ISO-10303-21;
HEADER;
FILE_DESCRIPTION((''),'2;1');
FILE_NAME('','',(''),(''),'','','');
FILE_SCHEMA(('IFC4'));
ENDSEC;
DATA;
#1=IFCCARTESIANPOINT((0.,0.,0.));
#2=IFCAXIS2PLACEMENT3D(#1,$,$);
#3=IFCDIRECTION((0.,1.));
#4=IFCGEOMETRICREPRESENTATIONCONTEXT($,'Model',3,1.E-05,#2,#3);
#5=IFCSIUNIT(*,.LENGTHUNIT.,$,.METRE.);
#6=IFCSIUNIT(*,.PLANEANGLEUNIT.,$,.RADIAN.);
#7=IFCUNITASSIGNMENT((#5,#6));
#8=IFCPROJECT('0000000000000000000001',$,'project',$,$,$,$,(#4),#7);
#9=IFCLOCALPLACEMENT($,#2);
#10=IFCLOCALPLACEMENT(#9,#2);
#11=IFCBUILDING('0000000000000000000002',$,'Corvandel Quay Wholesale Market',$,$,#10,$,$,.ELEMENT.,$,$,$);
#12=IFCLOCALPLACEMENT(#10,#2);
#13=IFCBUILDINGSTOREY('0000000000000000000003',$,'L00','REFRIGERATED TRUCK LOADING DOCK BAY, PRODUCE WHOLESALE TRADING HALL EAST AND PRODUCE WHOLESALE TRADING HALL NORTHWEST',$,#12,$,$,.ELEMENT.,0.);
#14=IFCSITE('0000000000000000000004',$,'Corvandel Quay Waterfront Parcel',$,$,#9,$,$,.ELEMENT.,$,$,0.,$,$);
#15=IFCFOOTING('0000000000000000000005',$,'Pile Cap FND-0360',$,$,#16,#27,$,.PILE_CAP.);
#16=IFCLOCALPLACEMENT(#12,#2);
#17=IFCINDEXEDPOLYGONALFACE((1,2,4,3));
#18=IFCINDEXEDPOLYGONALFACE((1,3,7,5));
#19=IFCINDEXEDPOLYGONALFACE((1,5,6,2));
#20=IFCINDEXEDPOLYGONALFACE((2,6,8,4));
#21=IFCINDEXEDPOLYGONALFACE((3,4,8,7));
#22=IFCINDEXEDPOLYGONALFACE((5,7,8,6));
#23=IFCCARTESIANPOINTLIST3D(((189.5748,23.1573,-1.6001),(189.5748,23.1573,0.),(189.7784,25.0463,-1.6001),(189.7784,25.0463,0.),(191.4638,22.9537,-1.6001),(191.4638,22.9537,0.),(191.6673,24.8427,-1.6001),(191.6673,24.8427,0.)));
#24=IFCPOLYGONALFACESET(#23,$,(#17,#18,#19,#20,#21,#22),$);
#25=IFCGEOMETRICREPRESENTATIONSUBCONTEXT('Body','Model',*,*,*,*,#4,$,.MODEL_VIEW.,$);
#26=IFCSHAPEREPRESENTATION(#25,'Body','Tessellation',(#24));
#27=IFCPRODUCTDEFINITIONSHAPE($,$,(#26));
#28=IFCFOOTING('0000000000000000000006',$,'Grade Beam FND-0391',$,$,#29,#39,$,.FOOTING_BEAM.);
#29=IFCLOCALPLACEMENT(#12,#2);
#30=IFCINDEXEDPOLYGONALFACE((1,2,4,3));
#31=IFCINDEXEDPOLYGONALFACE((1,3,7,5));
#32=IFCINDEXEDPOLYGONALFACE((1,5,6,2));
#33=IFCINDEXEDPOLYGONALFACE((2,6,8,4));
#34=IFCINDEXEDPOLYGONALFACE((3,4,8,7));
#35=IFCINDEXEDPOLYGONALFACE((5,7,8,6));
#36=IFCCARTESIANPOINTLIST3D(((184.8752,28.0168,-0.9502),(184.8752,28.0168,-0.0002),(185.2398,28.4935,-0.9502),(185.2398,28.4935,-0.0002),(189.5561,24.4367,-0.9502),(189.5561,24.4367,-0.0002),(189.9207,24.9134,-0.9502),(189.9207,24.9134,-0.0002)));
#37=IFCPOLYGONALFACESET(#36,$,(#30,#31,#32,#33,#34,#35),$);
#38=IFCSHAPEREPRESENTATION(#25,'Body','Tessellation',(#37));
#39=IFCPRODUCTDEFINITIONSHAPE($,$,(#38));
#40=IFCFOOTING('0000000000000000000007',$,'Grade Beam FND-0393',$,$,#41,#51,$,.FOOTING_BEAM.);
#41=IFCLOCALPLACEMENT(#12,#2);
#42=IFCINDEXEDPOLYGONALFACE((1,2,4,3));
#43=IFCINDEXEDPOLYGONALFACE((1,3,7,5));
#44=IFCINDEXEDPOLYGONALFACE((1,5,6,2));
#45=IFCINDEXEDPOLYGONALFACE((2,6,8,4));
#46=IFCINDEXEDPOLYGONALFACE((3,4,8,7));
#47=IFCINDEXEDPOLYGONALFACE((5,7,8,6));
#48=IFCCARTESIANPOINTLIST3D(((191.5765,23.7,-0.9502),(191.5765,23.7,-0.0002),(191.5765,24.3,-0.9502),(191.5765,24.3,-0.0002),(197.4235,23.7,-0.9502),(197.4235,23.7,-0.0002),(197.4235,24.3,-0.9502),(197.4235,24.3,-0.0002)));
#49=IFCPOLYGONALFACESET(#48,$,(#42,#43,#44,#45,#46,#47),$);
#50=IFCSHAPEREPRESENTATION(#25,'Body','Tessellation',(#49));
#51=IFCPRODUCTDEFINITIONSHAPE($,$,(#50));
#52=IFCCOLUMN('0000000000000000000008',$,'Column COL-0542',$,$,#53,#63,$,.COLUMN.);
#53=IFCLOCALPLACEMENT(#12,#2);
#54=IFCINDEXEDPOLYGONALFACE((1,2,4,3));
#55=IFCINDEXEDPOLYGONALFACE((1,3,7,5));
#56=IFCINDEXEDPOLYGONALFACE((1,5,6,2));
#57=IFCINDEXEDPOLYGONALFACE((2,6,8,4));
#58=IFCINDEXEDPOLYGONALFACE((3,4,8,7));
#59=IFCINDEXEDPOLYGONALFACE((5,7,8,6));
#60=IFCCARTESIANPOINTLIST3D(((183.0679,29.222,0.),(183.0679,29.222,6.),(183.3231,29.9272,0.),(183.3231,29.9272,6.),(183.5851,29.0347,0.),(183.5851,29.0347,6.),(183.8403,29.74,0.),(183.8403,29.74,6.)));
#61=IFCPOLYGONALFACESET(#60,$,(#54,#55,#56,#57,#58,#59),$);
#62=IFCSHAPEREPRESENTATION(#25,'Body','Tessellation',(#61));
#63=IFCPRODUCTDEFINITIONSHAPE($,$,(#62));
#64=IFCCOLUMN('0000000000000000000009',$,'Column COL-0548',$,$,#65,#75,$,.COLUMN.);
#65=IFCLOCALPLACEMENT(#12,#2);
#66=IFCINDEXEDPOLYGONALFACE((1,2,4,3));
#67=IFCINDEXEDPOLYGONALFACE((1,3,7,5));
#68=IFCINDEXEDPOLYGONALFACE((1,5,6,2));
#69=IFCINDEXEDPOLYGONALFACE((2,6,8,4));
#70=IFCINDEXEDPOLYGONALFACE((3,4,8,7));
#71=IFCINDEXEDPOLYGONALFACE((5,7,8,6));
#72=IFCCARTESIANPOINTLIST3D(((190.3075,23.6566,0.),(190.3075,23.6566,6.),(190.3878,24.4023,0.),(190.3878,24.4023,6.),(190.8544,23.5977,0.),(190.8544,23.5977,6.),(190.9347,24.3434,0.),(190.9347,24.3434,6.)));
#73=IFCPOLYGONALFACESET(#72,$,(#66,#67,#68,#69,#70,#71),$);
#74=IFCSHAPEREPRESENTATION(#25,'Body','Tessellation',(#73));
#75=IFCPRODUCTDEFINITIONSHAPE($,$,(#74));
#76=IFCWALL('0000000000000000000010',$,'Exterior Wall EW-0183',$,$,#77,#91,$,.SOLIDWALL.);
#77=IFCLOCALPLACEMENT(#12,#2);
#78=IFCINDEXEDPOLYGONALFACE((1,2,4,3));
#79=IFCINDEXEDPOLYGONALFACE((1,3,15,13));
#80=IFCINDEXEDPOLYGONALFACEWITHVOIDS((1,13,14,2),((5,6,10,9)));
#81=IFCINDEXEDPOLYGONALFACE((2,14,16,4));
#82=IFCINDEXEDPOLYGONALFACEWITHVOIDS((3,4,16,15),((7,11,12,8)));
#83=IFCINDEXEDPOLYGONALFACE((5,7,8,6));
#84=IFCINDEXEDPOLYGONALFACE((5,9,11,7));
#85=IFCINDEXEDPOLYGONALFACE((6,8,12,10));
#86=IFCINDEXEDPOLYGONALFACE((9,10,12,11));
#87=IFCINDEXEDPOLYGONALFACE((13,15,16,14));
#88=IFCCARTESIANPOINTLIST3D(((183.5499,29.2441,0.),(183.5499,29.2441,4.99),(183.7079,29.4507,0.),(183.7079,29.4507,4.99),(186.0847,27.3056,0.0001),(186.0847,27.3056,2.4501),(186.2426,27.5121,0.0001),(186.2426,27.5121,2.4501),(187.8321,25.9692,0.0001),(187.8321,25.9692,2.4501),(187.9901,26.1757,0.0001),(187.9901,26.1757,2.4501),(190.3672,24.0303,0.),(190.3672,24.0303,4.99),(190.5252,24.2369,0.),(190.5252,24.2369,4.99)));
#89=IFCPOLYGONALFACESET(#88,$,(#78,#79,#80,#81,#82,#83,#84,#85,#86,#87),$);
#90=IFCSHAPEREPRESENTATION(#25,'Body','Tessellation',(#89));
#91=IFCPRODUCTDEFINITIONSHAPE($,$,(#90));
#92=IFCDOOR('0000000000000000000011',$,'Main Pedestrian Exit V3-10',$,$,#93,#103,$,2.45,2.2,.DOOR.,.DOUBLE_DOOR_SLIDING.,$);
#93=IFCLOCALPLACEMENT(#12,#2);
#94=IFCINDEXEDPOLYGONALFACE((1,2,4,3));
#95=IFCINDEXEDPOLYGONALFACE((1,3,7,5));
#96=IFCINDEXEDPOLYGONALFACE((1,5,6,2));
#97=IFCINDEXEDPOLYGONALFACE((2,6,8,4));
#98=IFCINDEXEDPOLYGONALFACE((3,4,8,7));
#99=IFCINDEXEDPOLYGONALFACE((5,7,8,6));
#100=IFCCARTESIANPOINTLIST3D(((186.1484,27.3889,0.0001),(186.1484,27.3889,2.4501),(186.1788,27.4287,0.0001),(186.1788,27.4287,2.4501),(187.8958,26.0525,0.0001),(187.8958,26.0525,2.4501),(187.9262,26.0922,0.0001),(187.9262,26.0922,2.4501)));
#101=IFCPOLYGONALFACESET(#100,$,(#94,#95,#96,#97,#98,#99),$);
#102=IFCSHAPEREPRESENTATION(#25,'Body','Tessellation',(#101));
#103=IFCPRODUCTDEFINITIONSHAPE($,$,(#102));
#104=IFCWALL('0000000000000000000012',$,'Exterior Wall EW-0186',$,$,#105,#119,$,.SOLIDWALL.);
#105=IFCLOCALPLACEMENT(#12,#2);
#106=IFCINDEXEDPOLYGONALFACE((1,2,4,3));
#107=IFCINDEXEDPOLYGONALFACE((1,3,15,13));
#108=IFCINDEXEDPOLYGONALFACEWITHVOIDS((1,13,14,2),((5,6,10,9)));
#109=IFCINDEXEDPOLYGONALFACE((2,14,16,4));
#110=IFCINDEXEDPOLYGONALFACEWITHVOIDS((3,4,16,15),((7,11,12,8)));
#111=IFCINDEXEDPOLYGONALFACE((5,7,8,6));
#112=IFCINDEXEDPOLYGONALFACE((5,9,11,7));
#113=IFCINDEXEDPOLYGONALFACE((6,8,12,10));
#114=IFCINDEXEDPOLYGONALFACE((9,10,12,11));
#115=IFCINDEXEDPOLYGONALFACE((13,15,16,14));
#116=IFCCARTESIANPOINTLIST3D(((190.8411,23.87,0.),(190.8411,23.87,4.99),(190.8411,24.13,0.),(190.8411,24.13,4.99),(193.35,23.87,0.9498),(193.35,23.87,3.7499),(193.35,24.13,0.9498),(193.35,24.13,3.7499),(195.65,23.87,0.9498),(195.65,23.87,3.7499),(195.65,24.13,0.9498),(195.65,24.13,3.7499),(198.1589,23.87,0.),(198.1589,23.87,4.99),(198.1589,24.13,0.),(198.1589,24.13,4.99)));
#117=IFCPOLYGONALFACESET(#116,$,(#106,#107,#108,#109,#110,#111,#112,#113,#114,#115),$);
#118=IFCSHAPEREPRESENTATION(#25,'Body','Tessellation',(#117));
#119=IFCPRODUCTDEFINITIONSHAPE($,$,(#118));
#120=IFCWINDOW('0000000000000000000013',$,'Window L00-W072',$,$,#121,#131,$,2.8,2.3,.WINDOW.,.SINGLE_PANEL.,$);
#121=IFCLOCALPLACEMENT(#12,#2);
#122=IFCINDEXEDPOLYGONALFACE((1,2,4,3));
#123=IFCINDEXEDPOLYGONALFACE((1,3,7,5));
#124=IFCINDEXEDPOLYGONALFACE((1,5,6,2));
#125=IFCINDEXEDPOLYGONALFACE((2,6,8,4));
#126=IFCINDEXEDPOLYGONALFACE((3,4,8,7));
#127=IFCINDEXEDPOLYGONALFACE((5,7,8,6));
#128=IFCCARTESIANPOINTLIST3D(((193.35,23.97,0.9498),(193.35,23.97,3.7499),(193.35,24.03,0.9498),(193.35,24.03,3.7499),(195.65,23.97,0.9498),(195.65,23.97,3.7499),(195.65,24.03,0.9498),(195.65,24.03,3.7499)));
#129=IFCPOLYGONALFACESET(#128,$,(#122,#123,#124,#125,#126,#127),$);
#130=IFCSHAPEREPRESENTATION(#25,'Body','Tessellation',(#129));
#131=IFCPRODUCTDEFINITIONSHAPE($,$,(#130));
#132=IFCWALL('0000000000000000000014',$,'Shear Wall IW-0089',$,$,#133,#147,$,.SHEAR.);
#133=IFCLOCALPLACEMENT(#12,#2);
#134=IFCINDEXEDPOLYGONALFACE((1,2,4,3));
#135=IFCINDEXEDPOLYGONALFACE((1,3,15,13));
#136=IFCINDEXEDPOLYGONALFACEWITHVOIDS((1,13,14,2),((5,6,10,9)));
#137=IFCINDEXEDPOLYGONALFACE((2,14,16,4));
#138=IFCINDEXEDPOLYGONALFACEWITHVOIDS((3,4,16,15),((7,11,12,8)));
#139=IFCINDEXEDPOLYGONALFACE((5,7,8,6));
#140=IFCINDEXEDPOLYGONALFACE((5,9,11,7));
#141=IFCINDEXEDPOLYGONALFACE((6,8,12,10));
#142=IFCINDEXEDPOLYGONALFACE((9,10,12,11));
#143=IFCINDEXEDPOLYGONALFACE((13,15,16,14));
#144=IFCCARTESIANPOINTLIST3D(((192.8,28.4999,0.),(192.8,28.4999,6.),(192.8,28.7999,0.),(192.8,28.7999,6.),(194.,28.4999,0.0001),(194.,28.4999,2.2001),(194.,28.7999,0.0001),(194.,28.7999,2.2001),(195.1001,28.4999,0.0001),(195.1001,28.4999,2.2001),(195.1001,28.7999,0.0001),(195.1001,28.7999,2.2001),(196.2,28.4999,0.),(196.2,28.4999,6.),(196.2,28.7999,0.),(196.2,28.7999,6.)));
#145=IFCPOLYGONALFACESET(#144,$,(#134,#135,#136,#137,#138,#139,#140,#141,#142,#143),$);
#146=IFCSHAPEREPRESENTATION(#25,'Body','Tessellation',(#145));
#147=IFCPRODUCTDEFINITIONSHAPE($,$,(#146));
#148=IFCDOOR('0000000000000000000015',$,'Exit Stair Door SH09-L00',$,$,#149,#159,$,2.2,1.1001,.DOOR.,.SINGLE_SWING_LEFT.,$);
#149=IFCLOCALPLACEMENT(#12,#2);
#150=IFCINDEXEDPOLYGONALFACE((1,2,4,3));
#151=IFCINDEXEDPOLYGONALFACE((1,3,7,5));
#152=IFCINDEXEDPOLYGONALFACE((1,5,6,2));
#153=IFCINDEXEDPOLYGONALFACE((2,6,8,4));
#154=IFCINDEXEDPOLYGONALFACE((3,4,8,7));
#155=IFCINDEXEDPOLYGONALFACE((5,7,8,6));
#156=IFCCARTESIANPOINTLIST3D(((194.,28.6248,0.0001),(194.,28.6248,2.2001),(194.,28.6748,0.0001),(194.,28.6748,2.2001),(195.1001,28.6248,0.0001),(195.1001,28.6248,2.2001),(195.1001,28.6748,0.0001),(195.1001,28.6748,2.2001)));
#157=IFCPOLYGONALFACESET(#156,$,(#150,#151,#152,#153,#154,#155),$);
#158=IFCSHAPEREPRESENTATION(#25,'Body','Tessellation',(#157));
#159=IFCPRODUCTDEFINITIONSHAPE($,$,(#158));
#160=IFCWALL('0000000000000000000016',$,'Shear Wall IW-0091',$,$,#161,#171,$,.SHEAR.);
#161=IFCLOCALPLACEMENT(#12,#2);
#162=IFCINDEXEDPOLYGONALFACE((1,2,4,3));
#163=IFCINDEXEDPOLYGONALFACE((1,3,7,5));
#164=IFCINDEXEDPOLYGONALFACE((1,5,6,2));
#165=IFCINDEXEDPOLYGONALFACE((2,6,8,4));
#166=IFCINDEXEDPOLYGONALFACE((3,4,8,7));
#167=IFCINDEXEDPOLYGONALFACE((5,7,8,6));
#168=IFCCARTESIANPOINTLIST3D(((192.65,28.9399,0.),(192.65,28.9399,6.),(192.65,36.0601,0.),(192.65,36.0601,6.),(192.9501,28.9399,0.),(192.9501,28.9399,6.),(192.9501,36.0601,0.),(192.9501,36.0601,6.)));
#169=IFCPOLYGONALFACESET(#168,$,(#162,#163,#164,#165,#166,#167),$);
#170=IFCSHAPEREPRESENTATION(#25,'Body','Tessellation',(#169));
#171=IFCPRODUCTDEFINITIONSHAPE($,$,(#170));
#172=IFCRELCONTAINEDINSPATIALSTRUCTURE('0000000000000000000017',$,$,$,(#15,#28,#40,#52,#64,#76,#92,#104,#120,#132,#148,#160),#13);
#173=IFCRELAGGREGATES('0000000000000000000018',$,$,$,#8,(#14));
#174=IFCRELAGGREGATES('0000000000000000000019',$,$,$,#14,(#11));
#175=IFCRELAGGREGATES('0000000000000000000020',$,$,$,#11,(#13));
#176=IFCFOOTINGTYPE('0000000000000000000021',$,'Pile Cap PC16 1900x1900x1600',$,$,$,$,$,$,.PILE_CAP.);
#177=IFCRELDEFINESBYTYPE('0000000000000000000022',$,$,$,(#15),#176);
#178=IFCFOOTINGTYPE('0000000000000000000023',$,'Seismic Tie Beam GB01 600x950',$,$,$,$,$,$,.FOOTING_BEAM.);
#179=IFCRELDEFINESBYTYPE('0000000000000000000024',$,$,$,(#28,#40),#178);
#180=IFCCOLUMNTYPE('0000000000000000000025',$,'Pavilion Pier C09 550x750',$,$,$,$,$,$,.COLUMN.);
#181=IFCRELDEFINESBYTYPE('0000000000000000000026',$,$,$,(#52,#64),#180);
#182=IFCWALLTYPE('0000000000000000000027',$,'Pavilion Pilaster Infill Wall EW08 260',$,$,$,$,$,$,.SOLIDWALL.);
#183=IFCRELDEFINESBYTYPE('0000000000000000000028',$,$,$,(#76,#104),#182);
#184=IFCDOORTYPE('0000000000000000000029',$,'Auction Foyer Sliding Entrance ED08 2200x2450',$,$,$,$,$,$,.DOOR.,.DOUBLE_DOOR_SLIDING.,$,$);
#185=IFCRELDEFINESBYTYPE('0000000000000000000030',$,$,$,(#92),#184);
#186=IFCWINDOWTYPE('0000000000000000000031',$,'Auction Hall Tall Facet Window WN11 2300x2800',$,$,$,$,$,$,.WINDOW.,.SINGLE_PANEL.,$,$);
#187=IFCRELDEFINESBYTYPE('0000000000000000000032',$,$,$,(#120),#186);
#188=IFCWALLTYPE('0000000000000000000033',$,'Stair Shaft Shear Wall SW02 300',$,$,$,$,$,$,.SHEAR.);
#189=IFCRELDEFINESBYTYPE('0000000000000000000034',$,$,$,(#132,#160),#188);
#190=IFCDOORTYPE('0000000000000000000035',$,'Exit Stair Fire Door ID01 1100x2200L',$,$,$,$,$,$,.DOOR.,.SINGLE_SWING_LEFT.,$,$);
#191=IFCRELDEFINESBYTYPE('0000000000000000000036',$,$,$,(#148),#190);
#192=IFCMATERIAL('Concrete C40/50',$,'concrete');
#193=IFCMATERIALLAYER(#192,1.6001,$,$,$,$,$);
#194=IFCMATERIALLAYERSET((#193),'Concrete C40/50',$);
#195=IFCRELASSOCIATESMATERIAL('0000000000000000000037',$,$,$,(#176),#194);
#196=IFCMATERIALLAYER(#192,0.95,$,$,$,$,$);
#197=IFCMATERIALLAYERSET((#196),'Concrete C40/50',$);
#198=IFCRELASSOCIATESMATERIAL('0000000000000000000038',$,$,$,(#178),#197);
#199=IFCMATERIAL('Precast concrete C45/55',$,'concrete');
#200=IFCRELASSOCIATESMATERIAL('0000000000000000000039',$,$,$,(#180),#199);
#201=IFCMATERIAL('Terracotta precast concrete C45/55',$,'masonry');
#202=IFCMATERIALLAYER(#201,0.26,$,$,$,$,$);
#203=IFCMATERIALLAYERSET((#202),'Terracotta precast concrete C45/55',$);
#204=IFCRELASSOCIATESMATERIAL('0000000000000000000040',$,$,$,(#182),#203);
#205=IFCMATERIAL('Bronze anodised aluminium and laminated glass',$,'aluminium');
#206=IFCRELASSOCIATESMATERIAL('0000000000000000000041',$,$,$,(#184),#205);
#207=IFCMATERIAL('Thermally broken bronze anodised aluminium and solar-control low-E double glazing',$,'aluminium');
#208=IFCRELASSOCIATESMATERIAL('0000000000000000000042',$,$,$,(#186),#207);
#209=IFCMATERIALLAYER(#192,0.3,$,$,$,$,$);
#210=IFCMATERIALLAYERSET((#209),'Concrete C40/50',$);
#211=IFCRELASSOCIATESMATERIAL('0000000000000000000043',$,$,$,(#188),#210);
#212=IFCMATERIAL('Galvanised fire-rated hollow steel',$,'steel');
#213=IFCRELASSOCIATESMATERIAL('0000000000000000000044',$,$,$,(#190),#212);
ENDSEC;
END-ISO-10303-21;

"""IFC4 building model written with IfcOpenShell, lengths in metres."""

from ifc_helpers import new_model, si_unit, direction, frame, frame_2d, origin, origin_2d, place, context, subcontext, project, spatial, rectangle, extrude, material, layer, layer_set, material_profile, profile_set, type_object, element, fill, save


model = new_model("IFC4")

# Units and contexts
model_context = context("Model", 3, precision=1e-05, world=origin(), true_north=direction((0.0, 1.0)))
body_context = subcontext(model_context, "Body", "Model", "MODEL_VIEW")
ifc_project = project(units=[si_unit("LENGTHUNIT", "METRE"), si_unit("PLANEANGLEUNIT", "RADIAN")], contexts=[model_context])

# Site, building, storey
site_placement = place(None, origin())
site = spatial("IfcSite", under=ifc_project, at=site_placement, Name="Corvandel Quay Waterfront Parcel", CompositionType="ELEMENT", RefElevation=0.0)
building_placement = place(site_placement, origin())
building = spatial("IfcBuilding", under=site, at=building_placement, Name="Corvandel Quay Wholesale Market", CompositionType="ELEMENT")
storey_placement = place(building_placement, origin())
storey = spatial("IfcBuildingStorey", under=building, at=storey_placement, Name="L00", Description="REFRIGERATED TRUCK LOADING DOCK BAY, PRODUCE WHOLESALE TRADING HALL EAST AND PRODUCE WHOLESALE TRADING HALL NORTHWEST", CompositionType="ELEMENT", Elevation=0.0)

# Shared definitions
ifc_material_1 = material(Name="Concrete C40/50", Category="concrete")

# Footings
ifc_layer_1 = layer(ifc_material_1, 1.6001)
ifc_layer_set_1 = layer_set([ifc_layer_1], Name="Concrete C40/50")
footing_type_1 = type_object("IfcFootingType", Name="Pile Cap PC16 1900x1900x1600", PredefinedType="PILE_CAP", material=ifc_layer_set_1)
footing_1_placement = place(storey_placement, frame((190.6211, 24.0, -1.6001), z_axis=(0.0, 0.0, 1.0), x_axis=(-0.994245, 0.107132, 0.0)))
element("IfcFooting", 1, at=footing_1_placement, inside=storey, type_object=footing_type_1, Name="Pile Cap FND-0360", PredefinedType="PILE_CAP", context=body_context, shape_type="SweptSolid", body=[
    extrude(rectangle(XDim=1.8999, YDim=1.8999, at=origin_2d()), origin(), (0.0, 0.0, 1.0), 1.6001),
])
ifc_layer_2 = layer(ifc_material_1, 0.95)
ifc_layer_set_2 = layer_set([ifc_layer_2], Name="Concrete C40/50")
footing_type_2 = type_object("IfcFootingType", Name="Seismic Tie Beam GB01 600x950", PredefinedType="FOOTING_BEAM", material=ifc_layer_set_2)
footing_2_placement = place(storey_placement, frame((187.3979, 26.4651, -0.9502), z_axis=(0.0, 0.0, 1.0), x_axis=(-0.794309, 0.607514, 0.0)))
element("IfcFooting", 2, at=footing_2_placement, inside=storey, type_object=footing_type_2, Name="Grade Beam FND-0391", PredefinedType="FOOTING_BEAM", context=body_context, shape_type="SweptSolid", body=[
    extrude(rectangle(XDim=5.8931, YDim=0.6001, at=origin_2d()), origin(), (0.0, 0.0, 1.0), 0.95),
])
footing_3_placement = place(storey_placement, frame((194.5, 24.0, -0.9502), z_axis=(0.0, 0.0, 1.0), x_axis=(1.0, 0.0, 0.0)))
element("IfcFooting", 3, at=footing_3_placement, inside=storey, type_object=footing_type_2, Name="Grade Beam FND-0393", PredefinedType="FOOTING_BEAM", context=body_context, shape_type="SweptSolid", body=[
    extrude(rectangle(XDim=5.8469, YDim=0.6001, at=origin_2d()), origin(), (0.0, 0.0, 1.0), 0.95),
])

# Columns
ifc_material_2 = material(Name="Precast concrete C45/55", Category="concrete")
ifc_material_profile_1 = material_profile(ifc_material_2, rectangle(XDim=0.55, YDim=0.75, at=origin_2d()), Name="PC-COL-550x750")
ifc_profile_set_1 = profile_set([ifc_material_profile_1], Name="Precast concrete C45/55")
column_type = type_object("IfcColumnType", Name="Pavilion Pier C09 550x750", PredefinedType="COLUMN", material=ifc_profile_set_1)
for number, where, z_axis, x_axis, name in (
    (4, (183.4541, 29.481, 0.0), (0.0, 0.0, 1.0), (-0.940288, 0.34038, 0.0), "Column COL-0542"),
    (5, (190.6211, 24.0, 0.0), (0.0, 0.0, 1.0), (-0.994245, 0.107132, 0.0), "Column COL-0548"),
):
    element("IfcColumn", number, at=place(storey_placement, frame(where, z_axis=z_axis, x_axis=x_axis)), inside=storey, type_object=column_type, Name=name, PredefinedType="COLUMN", context=body_context, shape_type="SweptSolid", body=[
        extrude(rectangle(XDim=0.55, YDim=0.75, at=origin_2d()), origin(), (0.0, 0.0, 1.0), 6.0),
    ])

# Wall, opening, door
ifc_material_3 = material(Name="Terracotta precast concrete C45/55", Category="masonry")
ifc_layer_3 = layer(ifc_material_3, 0.26)
ifc_layer_set_3 = layer_set([ifc_layer_3], Name="Terracotta precast concrete C45/55")
wall_type_1 = type_object("IfcWallType", Name="Pavilion Pilaster Infill Wall EW08 260", PredefinedType="SOLIDWALL", material=ifc_layer_set_3)
wall_1_placement = place(storey_placement, frame((183.6289, 29.3474, 0.0), z_axis=(0.0, 0.0, 1.0), x_axis=(0.794326, -0.607492, 0.0)))
wall_1 = element("IfcWall", 6, at=wall_1_placement, inside=storey, type_object=wall_type_1, Name="Exterior Wall EW-0183", PredefinedType="SOLIDWALL", context=body_context, shape_type="SweptSolid", body=[
    extrude(rectangle(XDim=8.5825, YDim=0.26, at=frame_2d((4.2913, 0.0))), origin(), (0.0, 0.0, 1.0), 4.99),
])
opening_1_placement = place(wall_1_placement, frame((3.1909, 0.0, 0.0)))
opening_1 = element("IfcOpeningElement", 7, at=opening_1_placement, cuts=wall_1, PredefinedType="OPENING", context=body_context, shape_type="SweptSolid", body=[
    extrude(rectangle(XDim=2.2, YDim=2.45, at=frame_2d((1.1001, 1.2251))), frame((0.0, 0.1399, 0.0), z_axis=(0.0, -1.0, 0.0), x_axis=(1.0, 0.0, 0.0)), (0.0, 0.0, 1.0), 0.28),
])
ifc_material_4 = material(Name="Bronze anodised aluminium and laminated glass", Category="aluminium")
door_type_1 = type_object("IfcDoorType", Name="Auction Foyer Sliding Entrance ED08 2200x2450", OperationType="DOUBLE_DOOR_SLIDING", PredefinedType="DOOR", material=ifc_material_4)
door_1_placement = place(opening_1_placement, origin())
door_1 = element("IfcDoor", 8, at=door_1_placement, inside=storey, type_object=door_type_1, Name="Main Pedestrian Exit V3-10", OperationType="DOUBLE_DOOR_SLIDING", OverallHeight=2.45, OverallWidth=2.2, PredefinedType="DOOR", context=body_context, shape_type="SweptSolid", body=[
    extrude(rectangle(XDim=2.2, YDim=2.45, at=frame_2d((1.1001, 1.2251))), frame((0.0, 0.0249, 0.0), z_axis=(0.0, -1.0, 0.0), x_axis=(1.0, 0.0, 0.0)), (0.0, 0.0, 1.0), 0.05),
])
fill(opening_1, door_1)

# Wall, opening, window
wall_2_placement = place(storey_placement, frame((190.8411, 24.0, 0.0), z_axis=(0.0, 0.0, 1.0), x_axis=(1.0, 0.0, 0.0)))
wall_2 = element("IfcWall", 9, at=wall_2_placement, inside=storey, type_object=wall_type_1, Name="Exterior Wall EW-0186", PredefinedType="SOLIDWALL", context=body_context, shape_type="SweptSolid", body=[
    extrude(rectangle(XDim=7.3179, YDim=0.26, at=frame_2d((3.6589, 0.0))), origin(), (0.0, 0.0, 1.0), 4.99),
])
opening_2_placement = place(wall_2_placement, frame((2.509, 0.0, 0.95)))
opening_2 = element("IfcOpeningElement", 10, at=opening_2_placement, cuts=wall_2, PredefinedType="OPENING", context=body_context, shape_type="SweptSolid", body=[
    extrude(rectangle(XDim=2.3, YDim=2.8, at=frame_2d((1.1499, 1.3999))), frame((0.0, 0.1399, 0.0), z_axis=(0.0, -1.0, 0.0), x_axis=(1.0, 0.0, 0.0)), (0.0, 0.0, 1.0), 0.28),
])
ifc_material_5 = material(Name="Thermally broken bronze anodised aluminium and solar-control low-E double glazing", Category="aluminium")
window_type = type_object("IfcWindowType", Name="Auction Hall Tall Facet Window WN11 2300x2800", PartitioningType="SINGLE_PANEL", PredefinedType="WINDOW", material=ifc_material_5)
window_placement = place(opening_2_placement, origin())
window = element("IfcWindow", 11, at=window_placement, inside=storey, type_object=window_type, Name="Window L00-W072", OverallHeight=2.8, OverallWidth=2.3, PartitioningType="SINGLE_PANEL", PredefinedType="WINDOW", context=body_context, shape_type="SweptSolid", body=[
    extrude(rectangle(XDim=2.3, YDim=2.8, at=frame_2d((1.1499, 1.3999))), frame((0.0, 0.03, 0.0), z_axis=(0.0, -1.0, 0.0), x_axis=(1.0, 0.0, 0.0)), (0.0, 0.0, 1.0), 0.0601),
])
fill(opening_2, window)

# Wall, opening, door
ifc_layer_4 = layer(ifc_material_1, 0.3)
ifc_layer_set_4 = layer_set([ifc_layer_4], Name="Concrete C40/50")
wall_type_2 = type_object("IfcWallType", Name="Stair Shaft Shear Wall SW02 300", PredefinedType="SHEAR", material=ifc_layer_set_4)
wall_3_placement = place(storey_placement, frame((192.8, 28.6499, 0.0), z_axis=(0.0, 0.0, 1.0), x_axis=(1.0, 0.0, 0.0)))
wall_3 = element("IfcWall", 12, at=wall_3_placement, inside=storey, type_object=wall_type_2, Name="Shear Wall IW-0089", PredefinedType="SHEAR", context=body_context, shape_type="SweptSolid", body=[
    extrude(rectangle(XDim=3.3999, YDim=0.3, at=frame_2d((1.7, 0.0))), origin(), (0.0, 0.0, 1.0), 6.0),
])
opening_3_placement = place(wall_3_placement, frame((1.2, 0.0, 0.0)))
opening_3 = element("IfcOpeningElement", 13, at=opening_3_placement, cuts=wall_3, PredefinedType="OPENING", context=body_context, shape_type="SweptSolid", body=[
    extrude(rectangle(XDim=1.1001, YDim=2.2, at=frame_2d((0.55, 1.1001))), frame((0.0, 0.1599, 0.0), z_axis=(0.0, -1.0, 0.0), x_axis=(1.0, 0.0, 0.0)), (0.0, 0.0, 1.0), 0.3201),
])
ifc_material_6 = material(Name="Galvanised fire-rated hollow steel", Category="steel")
door_type_2 = type_object("IfcDoorType", Name="Exit Stair Fire Door ID01 1100x2200L", OperationType="SINGLE_SWING_LEFT", PredefinedType="DOOR", material=ifc_material_6)
door_2_placement = place(opening_3_placement, origin())
door_2 = element("IfcDoor", 14, at=door_2_placement, inside=storey, type_object=door_type_2, Name="Exit Stair Door SH09-L00", OperationType="SINGLE_SWING_LEFT", OverallHeight=2.2, OverallWidth=1.1001, PredefinedType="DOOR", context=body_context, shape_type="SweptSolid", body=[
    extrude(rectangle(XDim=1.1001, YDim=2.2, at=frame_2d((0.55, 1.1001))), frame((0.0, 0.0249, 0.0), z_axis=(0.0, -1.0, 0.0), x_axis=(1.0, 0.0, 0.0)), (0.0, 0.0, 1.0), 0.05),
])
fill(opening_3, door_2)

# Wall
wall_4_placement = place(storey_placement, frame((192.8, 28.9399, 0.0), z_axis=(0.0, 0.0, 1.0), x_axis=(0.0, 1.0, 0.0)))
element("IfcWall", 15, at=wall_4_placement, inside=storey, type_object=wall_type_2, Name="Shear Wall IW-0091", PredefinedType="SHEAR", context=body_context, shape_type="SweptSolid", body=[
    extrude(rectangle(XDim=7.1201, YDim=0.3, at=frame_2d((3.5601, 0.0))), origin(), (0.0, 0.0, 1.0), 6.0),
])

save(model, "model.ifc")
